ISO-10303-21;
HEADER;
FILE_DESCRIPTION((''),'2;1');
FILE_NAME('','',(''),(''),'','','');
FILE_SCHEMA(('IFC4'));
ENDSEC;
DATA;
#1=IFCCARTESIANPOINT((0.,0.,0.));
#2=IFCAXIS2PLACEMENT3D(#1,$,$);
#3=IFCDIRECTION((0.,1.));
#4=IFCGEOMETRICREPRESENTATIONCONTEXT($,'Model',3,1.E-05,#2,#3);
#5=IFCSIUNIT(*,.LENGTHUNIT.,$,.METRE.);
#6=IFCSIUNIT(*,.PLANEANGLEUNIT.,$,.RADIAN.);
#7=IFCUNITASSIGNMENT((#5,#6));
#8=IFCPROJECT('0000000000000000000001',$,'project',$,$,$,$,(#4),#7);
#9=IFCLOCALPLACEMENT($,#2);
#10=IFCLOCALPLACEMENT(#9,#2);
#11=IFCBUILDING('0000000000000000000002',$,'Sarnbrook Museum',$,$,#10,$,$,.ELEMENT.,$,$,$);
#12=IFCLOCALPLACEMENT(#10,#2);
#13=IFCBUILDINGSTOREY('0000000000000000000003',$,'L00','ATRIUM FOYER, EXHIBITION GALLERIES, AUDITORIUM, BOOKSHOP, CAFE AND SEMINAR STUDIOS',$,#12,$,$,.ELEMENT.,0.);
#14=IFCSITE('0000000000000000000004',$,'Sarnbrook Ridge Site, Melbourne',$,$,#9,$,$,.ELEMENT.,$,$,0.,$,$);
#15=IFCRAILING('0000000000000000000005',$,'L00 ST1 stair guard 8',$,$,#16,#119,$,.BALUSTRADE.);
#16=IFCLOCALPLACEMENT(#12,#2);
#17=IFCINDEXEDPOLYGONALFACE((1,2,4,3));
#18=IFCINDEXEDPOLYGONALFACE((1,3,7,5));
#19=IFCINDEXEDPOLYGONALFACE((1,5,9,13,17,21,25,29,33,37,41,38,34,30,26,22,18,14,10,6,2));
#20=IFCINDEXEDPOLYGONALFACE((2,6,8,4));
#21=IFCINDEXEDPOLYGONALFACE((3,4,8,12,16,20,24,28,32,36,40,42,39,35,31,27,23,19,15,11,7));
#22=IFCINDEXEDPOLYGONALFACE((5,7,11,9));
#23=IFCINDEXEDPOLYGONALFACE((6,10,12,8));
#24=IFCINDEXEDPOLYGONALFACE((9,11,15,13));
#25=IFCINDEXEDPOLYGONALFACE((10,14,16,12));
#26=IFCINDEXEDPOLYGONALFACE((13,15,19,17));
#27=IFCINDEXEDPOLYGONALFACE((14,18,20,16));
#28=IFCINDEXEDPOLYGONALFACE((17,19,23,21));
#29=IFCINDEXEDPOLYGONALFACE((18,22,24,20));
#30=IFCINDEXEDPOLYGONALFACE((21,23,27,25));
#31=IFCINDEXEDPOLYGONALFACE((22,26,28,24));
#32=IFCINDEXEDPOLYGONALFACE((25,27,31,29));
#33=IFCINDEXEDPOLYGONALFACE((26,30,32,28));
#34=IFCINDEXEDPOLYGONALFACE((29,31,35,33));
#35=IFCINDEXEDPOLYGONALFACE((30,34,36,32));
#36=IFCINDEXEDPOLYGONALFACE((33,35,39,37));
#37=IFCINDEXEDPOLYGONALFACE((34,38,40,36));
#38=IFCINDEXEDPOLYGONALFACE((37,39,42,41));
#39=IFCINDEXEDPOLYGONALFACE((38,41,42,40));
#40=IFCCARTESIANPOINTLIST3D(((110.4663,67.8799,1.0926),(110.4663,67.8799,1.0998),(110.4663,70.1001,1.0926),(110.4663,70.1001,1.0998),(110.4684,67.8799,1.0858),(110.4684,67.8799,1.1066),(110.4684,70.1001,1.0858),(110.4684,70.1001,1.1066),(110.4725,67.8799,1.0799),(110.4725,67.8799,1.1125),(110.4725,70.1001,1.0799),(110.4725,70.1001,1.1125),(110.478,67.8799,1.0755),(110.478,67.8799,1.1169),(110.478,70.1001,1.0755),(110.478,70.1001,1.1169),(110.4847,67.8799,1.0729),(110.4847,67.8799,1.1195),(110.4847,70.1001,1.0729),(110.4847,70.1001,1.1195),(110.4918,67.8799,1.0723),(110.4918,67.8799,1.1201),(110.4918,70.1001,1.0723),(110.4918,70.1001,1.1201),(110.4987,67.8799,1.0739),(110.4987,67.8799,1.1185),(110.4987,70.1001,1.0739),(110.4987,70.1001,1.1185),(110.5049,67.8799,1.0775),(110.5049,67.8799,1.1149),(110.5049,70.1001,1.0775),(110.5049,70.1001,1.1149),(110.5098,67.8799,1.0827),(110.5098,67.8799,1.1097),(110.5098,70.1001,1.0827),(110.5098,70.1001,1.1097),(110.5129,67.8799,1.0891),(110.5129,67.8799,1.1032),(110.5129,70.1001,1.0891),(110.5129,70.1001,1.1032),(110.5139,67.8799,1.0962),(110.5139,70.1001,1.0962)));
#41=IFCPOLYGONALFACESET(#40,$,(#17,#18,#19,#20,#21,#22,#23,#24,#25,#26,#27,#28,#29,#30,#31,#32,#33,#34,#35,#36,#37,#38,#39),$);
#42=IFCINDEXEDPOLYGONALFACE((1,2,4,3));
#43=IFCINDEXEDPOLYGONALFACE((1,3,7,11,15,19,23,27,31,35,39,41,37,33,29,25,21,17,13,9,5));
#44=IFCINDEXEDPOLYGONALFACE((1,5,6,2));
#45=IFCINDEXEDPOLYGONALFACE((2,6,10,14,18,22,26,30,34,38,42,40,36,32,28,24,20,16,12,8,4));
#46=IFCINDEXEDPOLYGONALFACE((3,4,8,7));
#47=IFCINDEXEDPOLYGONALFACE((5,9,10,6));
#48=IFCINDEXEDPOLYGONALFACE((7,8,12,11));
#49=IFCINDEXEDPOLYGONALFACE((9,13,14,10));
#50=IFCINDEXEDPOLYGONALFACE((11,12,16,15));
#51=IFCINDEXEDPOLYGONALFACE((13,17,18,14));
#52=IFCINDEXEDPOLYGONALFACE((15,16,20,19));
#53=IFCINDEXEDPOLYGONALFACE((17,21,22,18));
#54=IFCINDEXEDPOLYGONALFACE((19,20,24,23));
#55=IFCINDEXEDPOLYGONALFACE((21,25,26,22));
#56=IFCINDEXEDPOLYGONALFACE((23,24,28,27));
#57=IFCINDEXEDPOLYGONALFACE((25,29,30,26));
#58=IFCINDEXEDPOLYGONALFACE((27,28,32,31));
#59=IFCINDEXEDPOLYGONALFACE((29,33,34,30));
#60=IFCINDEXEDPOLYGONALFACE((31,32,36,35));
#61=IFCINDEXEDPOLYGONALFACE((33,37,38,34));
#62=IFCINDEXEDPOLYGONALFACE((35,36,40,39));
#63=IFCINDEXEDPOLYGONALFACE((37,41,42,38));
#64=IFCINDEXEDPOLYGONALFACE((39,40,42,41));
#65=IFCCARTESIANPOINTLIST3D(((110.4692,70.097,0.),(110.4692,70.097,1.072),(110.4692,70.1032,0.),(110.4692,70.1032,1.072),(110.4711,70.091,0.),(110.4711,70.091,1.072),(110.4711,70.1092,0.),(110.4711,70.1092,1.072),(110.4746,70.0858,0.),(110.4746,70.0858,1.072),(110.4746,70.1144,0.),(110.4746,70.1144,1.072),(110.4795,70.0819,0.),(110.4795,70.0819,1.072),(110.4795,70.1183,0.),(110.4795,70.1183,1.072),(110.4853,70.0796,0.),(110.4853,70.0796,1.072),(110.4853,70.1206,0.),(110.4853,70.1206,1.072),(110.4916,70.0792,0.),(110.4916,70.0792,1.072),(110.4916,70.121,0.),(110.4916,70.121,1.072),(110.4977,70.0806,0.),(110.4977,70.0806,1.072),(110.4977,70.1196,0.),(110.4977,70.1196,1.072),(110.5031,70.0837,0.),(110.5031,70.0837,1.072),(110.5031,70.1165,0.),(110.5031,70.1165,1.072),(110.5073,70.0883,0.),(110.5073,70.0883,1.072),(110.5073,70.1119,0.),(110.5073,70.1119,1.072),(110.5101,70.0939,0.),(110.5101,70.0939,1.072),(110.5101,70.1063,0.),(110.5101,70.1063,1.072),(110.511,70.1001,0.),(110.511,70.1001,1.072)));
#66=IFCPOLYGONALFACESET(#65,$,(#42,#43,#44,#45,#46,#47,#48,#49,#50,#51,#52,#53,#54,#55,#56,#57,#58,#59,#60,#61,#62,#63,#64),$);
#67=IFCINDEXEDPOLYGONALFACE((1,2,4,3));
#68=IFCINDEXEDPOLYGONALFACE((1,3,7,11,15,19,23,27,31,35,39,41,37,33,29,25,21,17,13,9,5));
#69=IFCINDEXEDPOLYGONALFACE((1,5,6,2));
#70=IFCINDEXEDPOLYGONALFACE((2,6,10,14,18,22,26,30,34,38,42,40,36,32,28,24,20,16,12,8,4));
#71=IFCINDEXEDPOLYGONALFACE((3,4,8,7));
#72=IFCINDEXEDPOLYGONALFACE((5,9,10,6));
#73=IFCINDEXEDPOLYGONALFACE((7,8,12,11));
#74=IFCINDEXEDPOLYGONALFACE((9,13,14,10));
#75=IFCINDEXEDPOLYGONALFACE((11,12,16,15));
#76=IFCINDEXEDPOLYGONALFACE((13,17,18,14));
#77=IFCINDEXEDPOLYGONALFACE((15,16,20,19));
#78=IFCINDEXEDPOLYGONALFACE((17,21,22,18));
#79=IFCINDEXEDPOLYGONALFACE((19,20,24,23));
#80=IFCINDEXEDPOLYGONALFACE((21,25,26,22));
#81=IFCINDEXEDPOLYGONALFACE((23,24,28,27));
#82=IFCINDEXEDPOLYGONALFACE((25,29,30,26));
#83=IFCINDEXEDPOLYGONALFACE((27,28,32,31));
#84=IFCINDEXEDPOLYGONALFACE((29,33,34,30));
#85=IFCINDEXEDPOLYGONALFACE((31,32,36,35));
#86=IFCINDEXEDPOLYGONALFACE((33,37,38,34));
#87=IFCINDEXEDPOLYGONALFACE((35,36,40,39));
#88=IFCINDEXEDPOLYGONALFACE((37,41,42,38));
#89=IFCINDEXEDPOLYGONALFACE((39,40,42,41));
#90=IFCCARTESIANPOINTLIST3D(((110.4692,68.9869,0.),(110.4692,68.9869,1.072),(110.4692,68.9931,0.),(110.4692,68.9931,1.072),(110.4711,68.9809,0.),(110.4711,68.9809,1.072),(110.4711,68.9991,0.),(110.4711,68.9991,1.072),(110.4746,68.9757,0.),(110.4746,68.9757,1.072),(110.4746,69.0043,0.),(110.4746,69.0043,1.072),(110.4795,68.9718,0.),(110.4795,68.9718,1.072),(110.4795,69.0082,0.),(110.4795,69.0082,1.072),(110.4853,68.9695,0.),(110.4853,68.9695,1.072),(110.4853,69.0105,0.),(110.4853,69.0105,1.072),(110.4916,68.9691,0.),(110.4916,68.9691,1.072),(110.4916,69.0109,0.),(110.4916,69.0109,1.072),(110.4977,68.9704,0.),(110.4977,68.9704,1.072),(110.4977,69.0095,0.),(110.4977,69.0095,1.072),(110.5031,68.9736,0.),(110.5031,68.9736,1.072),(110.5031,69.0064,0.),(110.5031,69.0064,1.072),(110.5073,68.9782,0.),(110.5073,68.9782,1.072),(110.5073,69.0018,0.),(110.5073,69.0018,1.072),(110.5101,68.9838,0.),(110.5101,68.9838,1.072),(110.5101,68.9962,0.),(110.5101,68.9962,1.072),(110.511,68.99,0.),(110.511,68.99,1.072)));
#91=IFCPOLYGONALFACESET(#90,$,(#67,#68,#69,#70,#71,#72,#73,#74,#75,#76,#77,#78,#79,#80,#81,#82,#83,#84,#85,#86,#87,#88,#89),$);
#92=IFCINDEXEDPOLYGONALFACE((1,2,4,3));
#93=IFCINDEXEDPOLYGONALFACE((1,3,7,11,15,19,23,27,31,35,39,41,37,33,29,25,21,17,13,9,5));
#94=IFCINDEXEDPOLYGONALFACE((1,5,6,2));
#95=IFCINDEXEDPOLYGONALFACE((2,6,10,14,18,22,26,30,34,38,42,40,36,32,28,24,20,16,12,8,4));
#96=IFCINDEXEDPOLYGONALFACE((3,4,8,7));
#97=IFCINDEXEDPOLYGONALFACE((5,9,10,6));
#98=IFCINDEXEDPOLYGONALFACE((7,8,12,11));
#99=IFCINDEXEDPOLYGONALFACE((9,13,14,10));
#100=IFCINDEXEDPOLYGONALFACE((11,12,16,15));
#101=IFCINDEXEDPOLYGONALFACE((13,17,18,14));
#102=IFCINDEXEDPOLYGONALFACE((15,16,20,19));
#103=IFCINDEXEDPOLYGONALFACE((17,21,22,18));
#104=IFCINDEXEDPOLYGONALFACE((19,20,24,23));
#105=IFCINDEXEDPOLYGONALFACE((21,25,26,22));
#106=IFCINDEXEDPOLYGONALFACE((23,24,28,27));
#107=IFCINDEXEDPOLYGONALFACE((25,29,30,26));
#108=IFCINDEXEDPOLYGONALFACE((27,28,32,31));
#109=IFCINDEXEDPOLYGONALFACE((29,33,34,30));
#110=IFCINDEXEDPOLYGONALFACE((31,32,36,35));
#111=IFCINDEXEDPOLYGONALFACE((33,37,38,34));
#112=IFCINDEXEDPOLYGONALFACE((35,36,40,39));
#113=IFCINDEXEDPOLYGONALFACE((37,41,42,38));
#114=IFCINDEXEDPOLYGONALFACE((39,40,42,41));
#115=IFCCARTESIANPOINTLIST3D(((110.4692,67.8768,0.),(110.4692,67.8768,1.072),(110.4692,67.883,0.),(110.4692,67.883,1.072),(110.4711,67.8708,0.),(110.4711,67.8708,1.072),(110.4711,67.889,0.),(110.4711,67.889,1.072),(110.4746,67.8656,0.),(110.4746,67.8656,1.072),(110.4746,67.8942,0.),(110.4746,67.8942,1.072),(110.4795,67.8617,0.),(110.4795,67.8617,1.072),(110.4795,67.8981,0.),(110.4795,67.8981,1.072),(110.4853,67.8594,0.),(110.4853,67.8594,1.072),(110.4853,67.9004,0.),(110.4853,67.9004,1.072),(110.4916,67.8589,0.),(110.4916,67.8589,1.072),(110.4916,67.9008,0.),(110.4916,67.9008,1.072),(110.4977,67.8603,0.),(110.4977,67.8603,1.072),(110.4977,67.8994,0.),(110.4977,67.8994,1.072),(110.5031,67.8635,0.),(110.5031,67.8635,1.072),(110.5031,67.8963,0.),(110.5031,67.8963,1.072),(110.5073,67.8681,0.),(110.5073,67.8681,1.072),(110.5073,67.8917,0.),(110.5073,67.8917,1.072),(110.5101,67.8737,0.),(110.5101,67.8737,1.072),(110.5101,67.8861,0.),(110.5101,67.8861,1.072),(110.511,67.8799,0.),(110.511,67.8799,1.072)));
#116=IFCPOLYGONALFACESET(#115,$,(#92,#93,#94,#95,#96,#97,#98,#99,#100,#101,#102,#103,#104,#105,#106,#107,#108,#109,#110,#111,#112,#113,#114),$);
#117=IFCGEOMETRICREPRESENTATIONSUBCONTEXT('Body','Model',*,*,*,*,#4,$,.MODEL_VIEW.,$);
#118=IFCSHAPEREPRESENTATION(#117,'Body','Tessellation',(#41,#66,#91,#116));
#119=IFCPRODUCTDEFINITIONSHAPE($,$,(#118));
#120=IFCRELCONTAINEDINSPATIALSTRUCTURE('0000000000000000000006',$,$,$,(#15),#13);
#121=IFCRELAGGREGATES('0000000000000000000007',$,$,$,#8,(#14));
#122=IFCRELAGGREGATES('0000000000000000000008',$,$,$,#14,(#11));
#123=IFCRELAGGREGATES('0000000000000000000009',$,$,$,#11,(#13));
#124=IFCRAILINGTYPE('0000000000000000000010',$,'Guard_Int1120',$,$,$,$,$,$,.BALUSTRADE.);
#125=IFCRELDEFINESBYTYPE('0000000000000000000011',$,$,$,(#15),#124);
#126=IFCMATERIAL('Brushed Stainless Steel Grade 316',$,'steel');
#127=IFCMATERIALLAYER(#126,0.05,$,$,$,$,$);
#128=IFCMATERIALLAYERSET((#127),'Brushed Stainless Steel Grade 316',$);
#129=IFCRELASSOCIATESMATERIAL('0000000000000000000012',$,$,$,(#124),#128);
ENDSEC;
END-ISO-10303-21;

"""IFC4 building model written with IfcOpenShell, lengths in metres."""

from ifc_helpers import new_model, si_unit, direction, frame, origin, origin_2d, place, context, subcontext, project, spatial, circle, extrude, material, layer, layer_set, type_object, element, save


model = new_model("IFC4")

# Units and contexts
model_context = context("Model", 3, precision=1e-05, world=origin(), true_north=direction((0.0, 1.0)))
body_context = subcontext(model_context, "Body", "Model", "MODEL_VIEW")
ifc_project = project(units=[si_unit("LENGTHUNIT", "METRE"), si_unit("PLANEANGLEUNIT", "RADIAN")], contexts=[model_context])

# Site, building, storey
site_placement = place(None, origin())
site = spatial("IfcSite", under=ifc_project, at=site_placement, Name="Sarnbrook Ridge Site, Melbourne", CompositionType="ELEMENT", RefElevation=0.0)
building_placement = place(site_placement, origin())
building = spatial("IfcBuilding", under=site, at=building_placement, Name="Sarnbrook Museum", CompositionType="ELEMENT")
storey_placement = place(building_placement, origin())
storey = spatial("IfcBuildingStorey", under=building, at=storey_placement, Name="L00", Description="ATRIUM FOYER, EXHIBITION GALLERIES, AUDITORIUM, BOOKSHOP, CAFE AND SEMINAR STUDIOS", CompositionType="ELEMENT", Elevation=0.0)

# Railing
ifc_material_1 = material(Name="Brushed Stainless Steel Grade 316", Category="steel")
ifc_layer_1 = layer(ifc_material_1, 0.05)
ifc_layer_set_1 = layer_set([ifc_layer_1], Name="Brushed Stainless Steel Grade 316")
railing_type_1 = type_object("IfcRailingType", Name="Guard_Int1120", PredefinedType="BALUSTRADE", material=ifc_layer_set_1)
railing_1_placement = place(storey_placement, frame((110.49, 70.1001, 0.0)))
element("IfcRailing", 1, at=railing_1_placement, inside=storey, type_object=railing_type_1, Name="L00 ST1 stair guard 8", PredefinedType="BALUSTRADE", context=body_context, shape_type="SweptSolid", body=[
    extrude(circle(Radius=0.0239, at=origin_2d()), frame((0.0, 0.0, 1.0962), z_axis=(0.0, -1.0, 0.0), x_axis=(1.0, 0.0, 0.0)), (0.0, 0.0, 1.0), 2.2202),
    extrude(circle(Radius=0.021, at=origin_2d()), origin(), (0.0, 0.0, 1.0), 1.072),
    extrude(circle(Radius=0.021, at=origin_2d()), frame((0.0, -1.1101, 0.0)), (0.0, 0.0, 1.0), 1.072),
    extrude(circle(Radius=0.021, at=origin_2d()), frame((0.0, -2.2202, 0.0)), (0.0, 0.0, 1.0), 1.072),
])

save(model, "model.ifc")
